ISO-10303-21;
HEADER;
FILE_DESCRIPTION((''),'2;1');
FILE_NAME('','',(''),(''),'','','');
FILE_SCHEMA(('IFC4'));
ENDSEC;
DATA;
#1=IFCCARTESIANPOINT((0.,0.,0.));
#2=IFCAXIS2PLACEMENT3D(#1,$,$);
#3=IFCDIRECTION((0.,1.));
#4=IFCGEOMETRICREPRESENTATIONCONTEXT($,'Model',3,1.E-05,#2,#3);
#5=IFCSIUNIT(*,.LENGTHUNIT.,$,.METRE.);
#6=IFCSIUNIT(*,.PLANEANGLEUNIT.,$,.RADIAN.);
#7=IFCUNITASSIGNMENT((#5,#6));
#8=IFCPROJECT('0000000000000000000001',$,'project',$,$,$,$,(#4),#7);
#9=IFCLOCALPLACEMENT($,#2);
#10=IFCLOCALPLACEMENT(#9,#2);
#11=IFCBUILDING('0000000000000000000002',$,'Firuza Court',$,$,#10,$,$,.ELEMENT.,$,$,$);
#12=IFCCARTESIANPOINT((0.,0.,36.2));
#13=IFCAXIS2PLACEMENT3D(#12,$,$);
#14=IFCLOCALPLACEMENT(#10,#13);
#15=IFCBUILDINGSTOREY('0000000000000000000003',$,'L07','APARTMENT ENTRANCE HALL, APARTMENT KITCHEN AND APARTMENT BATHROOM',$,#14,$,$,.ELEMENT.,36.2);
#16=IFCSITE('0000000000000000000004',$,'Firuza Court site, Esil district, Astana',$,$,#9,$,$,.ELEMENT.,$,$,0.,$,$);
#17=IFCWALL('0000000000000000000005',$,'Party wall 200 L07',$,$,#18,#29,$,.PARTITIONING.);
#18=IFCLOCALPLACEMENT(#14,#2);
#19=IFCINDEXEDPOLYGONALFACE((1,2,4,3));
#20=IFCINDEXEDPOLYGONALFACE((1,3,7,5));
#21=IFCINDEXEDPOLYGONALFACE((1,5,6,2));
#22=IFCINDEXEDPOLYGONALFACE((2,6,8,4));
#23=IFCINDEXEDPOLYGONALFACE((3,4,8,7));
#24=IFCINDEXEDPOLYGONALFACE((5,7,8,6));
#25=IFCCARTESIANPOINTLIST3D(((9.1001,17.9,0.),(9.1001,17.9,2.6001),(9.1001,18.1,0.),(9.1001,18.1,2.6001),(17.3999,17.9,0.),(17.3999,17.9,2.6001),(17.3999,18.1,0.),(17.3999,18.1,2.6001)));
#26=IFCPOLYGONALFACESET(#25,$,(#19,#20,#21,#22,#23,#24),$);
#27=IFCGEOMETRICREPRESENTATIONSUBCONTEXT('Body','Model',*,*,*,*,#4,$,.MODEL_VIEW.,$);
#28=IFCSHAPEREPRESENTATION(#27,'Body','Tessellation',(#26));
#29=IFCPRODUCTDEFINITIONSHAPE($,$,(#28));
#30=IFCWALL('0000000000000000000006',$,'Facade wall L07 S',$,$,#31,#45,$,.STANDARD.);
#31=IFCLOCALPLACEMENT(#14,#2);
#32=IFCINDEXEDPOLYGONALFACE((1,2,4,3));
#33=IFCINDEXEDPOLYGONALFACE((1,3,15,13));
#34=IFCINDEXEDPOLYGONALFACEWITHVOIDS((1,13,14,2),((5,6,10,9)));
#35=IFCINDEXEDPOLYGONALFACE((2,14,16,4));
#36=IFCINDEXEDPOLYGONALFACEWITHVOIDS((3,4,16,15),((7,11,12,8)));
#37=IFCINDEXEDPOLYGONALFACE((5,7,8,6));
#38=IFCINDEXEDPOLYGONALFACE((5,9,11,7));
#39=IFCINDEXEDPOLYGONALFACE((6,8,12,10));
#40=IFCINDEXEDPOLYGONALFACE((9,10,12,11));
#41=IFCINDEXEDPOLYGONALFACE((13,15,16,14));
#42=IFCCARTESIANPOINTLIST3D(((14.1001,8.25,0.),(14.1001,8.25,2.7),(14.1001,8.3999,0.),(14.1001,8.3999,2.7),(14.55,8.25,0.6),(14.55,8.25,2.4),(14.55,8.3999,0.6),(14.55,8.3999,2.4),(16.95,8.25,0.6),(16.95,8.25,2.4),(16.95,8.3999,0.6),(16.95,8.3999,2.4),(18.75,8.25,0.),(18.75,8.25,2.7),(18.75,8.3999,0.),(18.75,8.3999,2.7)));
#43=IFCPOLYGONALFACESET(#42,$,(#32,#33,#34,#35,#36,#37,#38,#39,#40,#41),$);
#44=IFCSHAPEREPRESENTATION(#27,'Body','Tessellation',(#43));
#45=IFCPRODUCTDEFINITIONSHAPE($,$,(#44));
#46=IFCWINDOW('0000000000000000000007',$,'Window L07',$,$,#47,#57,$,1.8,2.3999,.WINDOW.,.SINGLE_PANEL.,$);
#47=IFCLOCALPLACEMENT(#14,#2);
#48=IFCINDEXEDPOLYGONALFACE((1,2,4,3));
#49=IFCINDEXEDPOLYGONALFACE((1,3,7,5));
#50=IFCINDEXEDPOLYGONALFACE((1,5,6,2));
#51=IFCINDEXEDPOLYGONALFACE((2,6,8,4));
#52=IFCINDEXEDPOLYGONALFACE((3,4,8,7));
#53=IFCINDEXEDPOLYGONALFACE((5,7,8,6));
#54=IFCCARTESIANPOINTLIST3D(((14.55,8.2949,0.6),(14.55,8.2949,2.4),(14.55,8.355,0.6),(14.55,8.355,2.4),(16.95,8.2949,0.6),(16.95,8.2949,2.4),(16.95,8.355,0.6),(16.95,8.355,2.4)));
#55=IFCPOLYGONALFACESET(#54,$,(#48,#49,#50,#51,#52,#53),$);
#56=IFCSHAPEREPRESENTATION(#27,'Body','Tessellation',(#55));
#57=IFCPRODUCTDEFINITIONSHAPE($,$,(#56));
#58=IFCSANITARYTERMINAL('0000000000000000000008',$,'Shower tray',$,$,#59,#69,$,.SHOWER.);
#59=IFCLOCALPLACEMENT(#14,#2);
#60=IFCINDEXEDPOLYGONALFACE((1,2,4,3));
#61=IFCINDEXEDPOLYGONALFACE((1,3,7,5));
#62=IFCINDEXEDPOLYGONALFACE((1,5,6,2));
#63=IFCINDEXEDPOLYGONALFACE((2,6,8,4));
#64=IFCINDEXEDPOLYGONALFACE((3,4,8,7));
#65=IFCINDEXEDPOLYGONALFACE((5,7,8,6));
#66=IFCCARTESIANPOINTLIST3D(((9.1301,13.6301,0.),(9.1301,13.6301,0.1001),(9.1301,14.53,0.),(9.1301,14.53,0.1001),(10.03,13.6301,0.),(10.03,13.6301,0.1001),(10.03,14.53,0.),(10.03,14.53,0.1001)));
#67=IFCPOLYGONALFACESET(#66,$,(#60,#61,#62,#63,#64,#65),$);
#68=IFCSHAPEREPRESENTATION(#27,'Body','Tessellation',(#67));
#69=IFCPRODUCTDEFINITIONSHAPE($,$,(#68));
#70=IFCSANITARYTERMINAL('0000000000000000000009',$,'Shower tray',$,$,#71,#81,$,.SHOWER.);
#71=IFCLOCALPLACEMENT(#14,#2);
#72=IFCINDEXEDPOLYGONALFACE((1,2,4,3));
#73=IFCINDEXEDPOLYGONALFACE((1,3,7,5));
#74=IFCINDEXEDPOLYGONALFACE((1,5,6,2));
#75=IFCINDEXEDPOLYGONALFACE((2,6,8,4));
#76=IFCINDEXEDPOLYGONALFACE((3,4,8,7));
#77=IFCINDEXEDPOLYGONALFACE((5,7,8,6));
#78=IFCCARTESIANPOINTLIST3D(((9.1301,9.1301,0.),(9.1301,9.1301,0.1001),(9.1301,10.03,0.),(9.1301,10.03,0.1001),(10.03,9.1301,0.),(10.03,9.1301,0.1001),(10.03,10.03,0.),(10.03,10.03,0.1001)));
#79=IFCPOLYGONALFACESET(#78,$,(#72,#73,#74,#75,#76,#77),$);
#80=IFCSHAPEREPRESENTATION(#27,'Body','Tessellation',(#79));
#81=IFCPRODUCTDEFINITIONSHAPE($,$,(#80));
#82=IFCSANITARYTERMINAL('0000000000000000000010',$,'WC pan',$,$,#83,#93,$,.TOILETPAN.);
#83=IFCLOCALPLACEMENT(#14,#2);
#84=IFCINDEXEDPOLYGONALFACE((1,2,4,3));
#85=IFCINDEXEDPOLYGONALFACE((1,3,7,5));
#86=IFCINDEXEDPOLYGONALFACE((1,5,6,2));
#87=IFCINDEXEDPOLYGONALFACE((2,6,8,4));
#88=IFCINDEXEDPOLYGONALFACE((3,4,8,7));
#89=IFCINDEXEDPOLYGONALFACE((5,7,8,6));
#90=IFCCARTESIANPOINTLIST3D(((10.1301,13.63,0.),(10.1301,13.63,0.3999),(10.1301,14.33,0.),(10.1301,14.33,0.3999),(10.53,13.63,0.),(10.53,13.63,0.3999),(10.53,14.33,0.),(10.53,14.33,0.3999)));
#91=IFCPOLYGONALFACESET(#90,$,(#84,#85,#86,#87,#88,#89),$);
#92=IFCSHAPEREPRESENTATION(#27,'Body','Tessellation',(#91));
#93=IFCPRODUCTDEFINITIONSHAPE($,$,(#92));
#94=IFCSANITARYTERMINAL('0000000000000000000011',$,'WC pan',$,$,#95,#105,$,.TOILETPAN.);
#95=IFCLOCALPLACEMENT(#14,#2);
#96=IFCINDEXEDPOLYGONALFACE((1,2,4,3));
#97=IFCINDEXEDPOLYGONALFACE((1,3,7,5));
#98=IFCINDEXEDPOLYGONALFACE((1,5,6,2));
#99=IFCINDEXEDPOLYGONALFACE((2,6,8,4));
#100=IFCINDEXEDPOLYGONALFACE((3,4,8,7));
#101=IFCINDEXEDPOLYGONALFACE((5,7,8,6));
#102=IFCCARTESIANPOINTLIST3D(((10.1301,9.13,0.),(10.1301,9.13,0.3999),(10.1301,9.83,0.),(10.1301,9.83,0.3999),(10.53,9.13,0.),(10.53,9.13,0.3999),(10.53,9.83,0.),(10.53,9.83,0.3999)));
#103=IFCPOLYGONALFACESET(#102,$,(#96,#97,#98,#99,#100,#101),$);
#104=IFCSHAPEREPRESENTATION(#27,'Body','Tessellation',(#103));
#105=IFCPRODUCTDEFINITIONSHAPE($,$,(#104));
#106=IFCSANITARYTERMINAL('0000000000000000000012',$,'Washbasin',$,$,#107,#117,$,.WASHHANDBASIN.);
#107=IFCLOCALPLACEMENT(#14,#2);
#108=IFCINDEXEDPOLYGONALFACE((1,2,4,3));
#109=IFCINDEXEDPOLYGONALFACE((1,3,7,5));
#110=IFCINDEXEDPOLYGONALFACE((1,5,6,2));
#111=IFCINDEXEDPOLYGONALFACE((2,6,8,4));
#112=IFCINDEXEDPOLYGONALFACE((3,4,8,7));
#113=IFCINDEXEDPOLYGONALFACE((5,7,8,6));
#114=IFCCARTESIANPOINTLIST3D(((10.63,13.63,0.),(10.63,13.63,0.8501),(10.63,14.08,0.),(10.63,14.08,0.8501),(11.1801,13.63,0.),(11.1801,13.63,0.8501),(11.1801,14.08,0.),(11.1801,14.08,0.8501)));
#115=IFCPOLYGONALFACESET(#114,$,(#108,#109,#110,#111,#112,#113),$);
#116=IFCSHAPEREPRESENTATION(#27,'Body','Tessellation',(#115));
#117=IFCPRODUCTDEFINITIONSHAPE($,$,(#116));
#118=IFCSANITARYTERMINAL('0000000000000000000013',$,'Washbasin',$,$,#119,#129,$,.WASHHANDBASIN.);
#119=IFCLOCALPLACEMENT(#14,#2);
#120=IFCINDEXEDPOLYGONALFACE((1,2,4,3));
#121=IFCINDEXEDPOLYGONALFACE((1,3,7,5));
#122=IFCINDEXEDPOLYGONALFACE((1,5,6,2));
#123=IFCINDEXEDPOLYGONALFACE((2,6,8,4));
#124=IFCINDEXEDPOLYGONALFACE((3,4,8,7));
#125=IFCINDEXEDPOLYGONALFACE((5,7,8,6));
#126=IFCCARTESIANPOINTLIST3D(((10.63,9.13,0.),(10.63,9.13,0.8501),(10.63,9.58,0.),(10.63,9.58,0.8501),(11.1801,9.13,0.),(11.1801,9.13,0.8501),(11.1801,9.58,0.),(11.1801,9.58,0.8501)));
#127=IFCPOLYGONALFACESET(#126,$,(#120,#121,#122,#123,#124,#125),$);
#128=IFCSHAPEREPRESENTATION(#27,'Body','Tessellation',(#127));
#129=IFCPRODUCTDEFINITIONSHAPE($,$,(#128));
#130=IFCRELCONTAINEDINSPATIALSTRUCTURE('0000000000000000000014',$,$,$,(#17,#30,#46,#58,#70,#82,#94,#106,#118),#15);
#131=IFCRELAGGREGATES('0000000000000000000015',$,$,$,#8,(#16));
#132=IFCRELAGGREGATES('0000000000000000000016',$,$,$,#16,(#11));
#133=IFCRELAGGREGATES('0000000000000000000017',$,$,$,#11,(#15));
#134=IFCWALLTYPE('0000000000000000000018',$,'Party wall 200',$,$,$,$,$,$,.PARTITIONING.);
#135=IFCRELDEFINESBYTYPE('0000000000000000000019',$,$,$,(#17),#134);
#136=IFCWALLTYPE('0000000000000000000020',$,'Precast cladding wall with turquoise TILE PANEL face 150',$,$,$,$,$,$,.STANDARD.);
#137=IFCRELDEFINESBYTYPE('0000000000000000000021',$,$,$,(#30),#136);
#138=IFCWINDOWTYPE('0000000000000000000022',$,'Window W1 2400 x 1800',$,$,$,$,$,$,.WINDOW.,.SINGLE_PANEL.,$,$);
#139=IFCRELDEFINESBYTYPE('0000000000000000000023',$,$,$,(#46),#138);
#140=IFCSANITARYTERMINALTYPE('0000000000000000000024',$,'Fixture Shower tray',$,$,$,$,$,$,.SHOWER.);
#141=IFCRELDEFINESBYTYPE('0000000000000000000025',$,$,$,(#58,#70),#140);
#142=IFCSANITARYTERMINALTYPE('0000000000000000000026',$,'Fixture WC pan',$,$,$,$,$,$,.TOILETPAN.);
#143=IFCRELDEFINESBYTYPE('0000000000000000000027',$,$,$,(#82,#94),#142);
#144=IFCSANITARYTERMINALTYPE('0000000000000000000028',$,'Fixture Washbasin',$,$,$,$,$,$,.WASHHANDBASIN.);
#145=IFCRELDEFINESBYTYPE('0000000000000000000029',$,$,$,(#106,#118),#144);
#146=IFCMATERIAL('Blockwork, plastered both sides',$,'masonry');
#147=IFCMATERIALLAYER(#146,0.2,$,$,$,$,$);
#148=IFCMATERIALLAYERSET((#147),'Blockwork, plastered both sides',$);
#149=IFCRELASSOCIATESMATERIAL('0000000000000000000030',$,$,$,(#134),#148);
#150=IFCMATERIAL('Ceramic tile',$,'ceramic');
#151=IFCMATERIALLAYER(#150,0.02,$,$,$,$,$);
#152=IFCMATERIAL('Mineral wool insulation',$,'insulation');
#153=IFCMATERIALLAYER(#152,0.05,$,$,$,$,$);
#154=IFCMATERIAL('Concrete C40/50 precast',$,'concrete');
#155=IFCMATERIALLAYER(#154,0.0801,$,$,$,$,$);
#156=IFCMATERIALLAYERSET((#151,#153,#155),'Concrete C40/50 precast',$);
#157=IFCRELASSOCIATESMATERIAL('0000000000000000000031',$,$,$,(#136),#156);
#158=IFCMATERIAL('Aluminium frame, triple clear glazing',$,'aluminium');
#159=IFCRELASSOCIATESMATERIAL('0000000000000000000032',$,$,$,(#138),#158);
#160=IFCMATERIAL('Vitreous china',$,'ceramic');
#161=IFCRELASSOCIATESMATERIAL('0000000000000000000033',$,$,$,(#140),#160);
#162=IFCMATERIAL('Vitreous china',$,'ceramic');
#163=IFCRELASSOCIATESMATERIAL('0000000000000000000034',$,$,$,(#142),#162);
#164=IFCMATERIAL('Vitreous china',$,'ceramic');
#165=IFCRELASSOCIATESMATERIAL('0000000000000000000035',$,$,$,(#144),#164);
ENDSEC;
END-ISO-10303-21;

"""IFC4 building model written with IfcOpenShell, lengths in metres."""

from ifc_helpers import new_model, si_unit, direction, frame, frame_2d, origin, origin_2d, place, context, subcontext, project, spatial, rectangle, extrude, material, layer, layer_set, type_object, element, fill, save


model = new_model("IFC4")

# Units and contexts
model_context = context("Model", 3, precision=1e-05, world=origin(), true_north=direction((0.0, 1.0)))
body_context = subcontext(model_context, "Body", "Model", "MODEL_VIEW")
ifc_project = project(units=[si_unit("LENGTHUNIT", "METRE"), si_unit("PLANEANGLEUNIT", "RADIAN")], contexts=[model_context])

# Site, building, storey
site_placement = place(None, origin())
site = spatial("IfcSite", under=ifc_project, at=site_placement, Name="Firuza Court site, Esil district, Astana", CompositionType="ELEMENT", RefElevation=0.0)
building_placement = place(site_placement, origin())
building = spatial("IfcBuilding", under=site, at=building_placement, Name="Firuza Court", CompositionType="ELEMENT")
storey_placement = place(building_placement, frame((0.0, 0.0, 36.2)))
storey = spatial("IfcBuildingStorey", under=building, at=storey_placement, Name="L07", Description="APARTMENT ENTRANCE HALL, APARTMENT KITCHEN AND APARTMENT BATHROOM", CompositionType="ELEMENT", Elevation=36.2)

# Wall
ifc_material_1 = material(Name="Blockwork, plastered both sides", Category="masonry")
ifc_layer_1 = layer(ifc_material_1, 0.2)
ifc_layer_set_1 = layer_set([ifc_layer_1], Name="Blockwork, plastered both sides")
wall_type_1 = type_object("IfcWallType", Name="Party wall 200", PredefinedType="PARTITIONING", material=ifc_layer_set_1)
wall_1_placement = place(storey_placement, frame((9.1001, 18.0, 0.0), z_axis=(0.0, 0.0, 1.0), x_axis=(1.0, 0.0, 0.0)))
element("IfcWall", 1, at=wall_1_placement, inside=storey, type_object=wall_type_1, Name="Party wall 200 L07", PredefinedType="PARTITIONING", context=body_context, shape_type="SweptSolid", body=[
    extrude(rectangle(XDim=8.2998, YDim=0.2, at=frame_2d((4.1499, 0.0))), origin(), (0.0, 0.0, 1.0), 2.6001),
])

# Wall, opening, window
ifc_material_2 = material(Name="Ceramic tile", Category="ceramic")
ifc_layer_2 = layer(ifc_material_2, 0.02)
ifc_material_3 = material(Name="Mineral wool insulation", Category="insulation")
ifc_layer_3 = layer(ifc_material_3, 0.05)
ifc_material_4 = material(Name="Concrete C40/50 precast", Category="concrete")
ifc_layer_4 = layer(ifc_material_4, 0.0801)
ifc_layer_set_2 = layer_set([ifc_layer_2, ifc_layer_3, ifc_layer_4], Name="Concrete C40/50 precast")
wall_type_2 = type_object("IfcWallType", Name="Precast cladding wall with turquoise TILE PANEL face 150", PredefinedType="STANDARD", material=ifc_layer_set_2)
wall_2_placement = place(storey_placement, frame((14.1001, 8.325, 0.0), z_axis=(0.0, 0.0, 1.0), x_axis=(1.0, 0.0, 0.0)))
wall_2 = element("IfcWall", 2, at=wall_2_placement, inside=storey, type_object=wall_type_2, Name="Facade wall L07 S", PredefinedType="STANDARD", context=body_context, shape_type="SweptSolid", body=[
    extrude(rectangle(XDim=4.6499, YDim=0.1499, at=frame_2d((2.325, 0.0))), origin(), (0.0, 0.0, 1.0), 2.7),
])
opening_1_placement = place(wall_2_placement, frame((0.45, 0.0, 0.6001)))
opening_1 = element("IfcOpeningElement", 3, at=opening_1_placement, cuts=wall_2, PredefinedType="OPENING", context=body_context, shape_type="SweptSolid", body=[
    extrude(rectangle(XDim=2.3999, YDim=1.8, at=frame_2d((1.2, 0.8999))), frame((0.0, 0.0869, 0.0), z_axis=(0.0, -1.0, 0.0), x_axis=(1.0, 0.0, 0.0)), (0.0, 0.0, 1.0), 0.1738),
])
ifc_material_5 = material(Name="Aluminium frame, triple clear glazing", Category="aluminium")
window_type = type_object("IfcWindowType", Name="Window W1 2400 x 1800", PartitioningType="SINGLE_PANEL", PredefinedType="WINDOW", material=ifc_material_5)
window_placement = place(opening_1_placement, origin())
window = element("IfcWindow", 4, at=window_placement, inside=storey, type_object=window_type, Name="Window L07", OverallHeight=1.8, OverallWidth=2.3999, PartitioningType="SINGLE_PANEL", PredefinedType="WINDOW", context=body_context, shape_type="SweptSolid", body=[
    extrude(rectangle(XDim=2.3999, YDim=1.8, at=frame_2d((1.2, 0.8999))), frame((0.0, 0.03, 0.0), z_axis=(0.0, -1.0, 0.0), x_axis=(1.0, 0.0, 0.0)), (0.0, 0.0, 1.0), 0.0601),
])
fill(opening_1, window)

# Sanitary terminals
ifc_material_6 = material(Name="Vitreous china", Category="ceramic")
sanitary_terminal_type_1 = type_object("IfcSanitaryTerminalType", Name="Fixture Shower tray", PredefinedType="SHOWER", material=ifc_material_6)
for number, where, z_axis, x_axis, name in (
    (5, (9.5801, 14.0801, 0.0), (0.0, 0.0, 1.0), (1.0, 0.0, 0.0), "Shower tray"),
    (6, (9.5801, 9.5801, 0.0), (0.0, 0.0, 1.0), (1.0, 0.0, 0.0), "Shower tray"),
):
    element("IfcSanitaryTerminal", number, at=place(storey_placement, frame(where, z_axis=z_axis, x_axis=x_axis)), inside=storey, type_object=sanitary_terminal_type_1, Name=name, PredefinedType="SHOWER", context=body_context, shape_type="SweptSolid", body=[
        extrude(rectangle(XDim=0.8999, YDim=0.8999, at=origin_2d()), origin(), (0.0, 0.0, 1.0), 0.1001),
    ])
ifc_material_7 = material(Name="Vitreous china", Category="ceramic")
sanitary_terminal_type_2 = type_object("IfcSanitaryTerminalType", Name="Fixture WC pan", PredefinedType="TOILETPAN", material=ifc_material_7)
for number, where, z_axis, x_axis, name in (
    (7, (10.3301, 13.98, 0.0), (0.0, 0.0, 1.0), (1.0, 0.0, 0.0), "WC pan"),
    (8, (10.3301, 9.48, 0.0), (0.0, 0.0, 1.0), (1.0, 0.0, 0.0), "WC pan"),
):
    element("IfcSanitaryTerminal", number, at=place(storey_placement, frame(where, z_axis=z_axis, x_axis=x_axis)), inside=storey, type_object=sanitary_terminal_type_2, Name=name, PredefinedType="TOILETPAN", context=body_context, shape_type="SweptSolid", body=[
        extrude(rectangle(XDim=0.3999, YDim=0.7, at=origin_2d()), origin(), (0.0, 0.0, 1.0), 0.3999),
    ])
ifc_material_8 = material(Name="Vitreous china", Category="ceramic")
sanitary_terminal_type_3 = type_object("IfcSanitaryTerminalType", Name="Fixture Washbasin", PredefinedType="WASHHANDBASIN", material=ifc_material_8)
for number, where, z_axis, x_axis, name in (
    (9, (10.905, 13.855, 0.0), (0.0, 0.0, 1.0), (1.0, 0.0, 0.0), "Washbasin"),
    (10, (10.905, 9.355, 0.0), (0.0, 0.0, 1.0), (1.0, 0.0, 0.0), "Washbasin"),
):
    element("IfcSanitaryTerminal", number, at=place(storey_placement, frame(where, z_axis=z_axis, x_axis=x_axis)), inside=storey, type_object=sanitary_terminal_type_3, Name=name, PredefinedType="WASHHANDBASIN", context=body_context, shape_type="SweptSolid", body=[
        extrude(rectangle(XDim=0.55, YDim=0.45, at=origin_2d()), origin(), (0.0, 0.0, 1.0), 0.8501),
    ])

save(model, "model.ifc")
